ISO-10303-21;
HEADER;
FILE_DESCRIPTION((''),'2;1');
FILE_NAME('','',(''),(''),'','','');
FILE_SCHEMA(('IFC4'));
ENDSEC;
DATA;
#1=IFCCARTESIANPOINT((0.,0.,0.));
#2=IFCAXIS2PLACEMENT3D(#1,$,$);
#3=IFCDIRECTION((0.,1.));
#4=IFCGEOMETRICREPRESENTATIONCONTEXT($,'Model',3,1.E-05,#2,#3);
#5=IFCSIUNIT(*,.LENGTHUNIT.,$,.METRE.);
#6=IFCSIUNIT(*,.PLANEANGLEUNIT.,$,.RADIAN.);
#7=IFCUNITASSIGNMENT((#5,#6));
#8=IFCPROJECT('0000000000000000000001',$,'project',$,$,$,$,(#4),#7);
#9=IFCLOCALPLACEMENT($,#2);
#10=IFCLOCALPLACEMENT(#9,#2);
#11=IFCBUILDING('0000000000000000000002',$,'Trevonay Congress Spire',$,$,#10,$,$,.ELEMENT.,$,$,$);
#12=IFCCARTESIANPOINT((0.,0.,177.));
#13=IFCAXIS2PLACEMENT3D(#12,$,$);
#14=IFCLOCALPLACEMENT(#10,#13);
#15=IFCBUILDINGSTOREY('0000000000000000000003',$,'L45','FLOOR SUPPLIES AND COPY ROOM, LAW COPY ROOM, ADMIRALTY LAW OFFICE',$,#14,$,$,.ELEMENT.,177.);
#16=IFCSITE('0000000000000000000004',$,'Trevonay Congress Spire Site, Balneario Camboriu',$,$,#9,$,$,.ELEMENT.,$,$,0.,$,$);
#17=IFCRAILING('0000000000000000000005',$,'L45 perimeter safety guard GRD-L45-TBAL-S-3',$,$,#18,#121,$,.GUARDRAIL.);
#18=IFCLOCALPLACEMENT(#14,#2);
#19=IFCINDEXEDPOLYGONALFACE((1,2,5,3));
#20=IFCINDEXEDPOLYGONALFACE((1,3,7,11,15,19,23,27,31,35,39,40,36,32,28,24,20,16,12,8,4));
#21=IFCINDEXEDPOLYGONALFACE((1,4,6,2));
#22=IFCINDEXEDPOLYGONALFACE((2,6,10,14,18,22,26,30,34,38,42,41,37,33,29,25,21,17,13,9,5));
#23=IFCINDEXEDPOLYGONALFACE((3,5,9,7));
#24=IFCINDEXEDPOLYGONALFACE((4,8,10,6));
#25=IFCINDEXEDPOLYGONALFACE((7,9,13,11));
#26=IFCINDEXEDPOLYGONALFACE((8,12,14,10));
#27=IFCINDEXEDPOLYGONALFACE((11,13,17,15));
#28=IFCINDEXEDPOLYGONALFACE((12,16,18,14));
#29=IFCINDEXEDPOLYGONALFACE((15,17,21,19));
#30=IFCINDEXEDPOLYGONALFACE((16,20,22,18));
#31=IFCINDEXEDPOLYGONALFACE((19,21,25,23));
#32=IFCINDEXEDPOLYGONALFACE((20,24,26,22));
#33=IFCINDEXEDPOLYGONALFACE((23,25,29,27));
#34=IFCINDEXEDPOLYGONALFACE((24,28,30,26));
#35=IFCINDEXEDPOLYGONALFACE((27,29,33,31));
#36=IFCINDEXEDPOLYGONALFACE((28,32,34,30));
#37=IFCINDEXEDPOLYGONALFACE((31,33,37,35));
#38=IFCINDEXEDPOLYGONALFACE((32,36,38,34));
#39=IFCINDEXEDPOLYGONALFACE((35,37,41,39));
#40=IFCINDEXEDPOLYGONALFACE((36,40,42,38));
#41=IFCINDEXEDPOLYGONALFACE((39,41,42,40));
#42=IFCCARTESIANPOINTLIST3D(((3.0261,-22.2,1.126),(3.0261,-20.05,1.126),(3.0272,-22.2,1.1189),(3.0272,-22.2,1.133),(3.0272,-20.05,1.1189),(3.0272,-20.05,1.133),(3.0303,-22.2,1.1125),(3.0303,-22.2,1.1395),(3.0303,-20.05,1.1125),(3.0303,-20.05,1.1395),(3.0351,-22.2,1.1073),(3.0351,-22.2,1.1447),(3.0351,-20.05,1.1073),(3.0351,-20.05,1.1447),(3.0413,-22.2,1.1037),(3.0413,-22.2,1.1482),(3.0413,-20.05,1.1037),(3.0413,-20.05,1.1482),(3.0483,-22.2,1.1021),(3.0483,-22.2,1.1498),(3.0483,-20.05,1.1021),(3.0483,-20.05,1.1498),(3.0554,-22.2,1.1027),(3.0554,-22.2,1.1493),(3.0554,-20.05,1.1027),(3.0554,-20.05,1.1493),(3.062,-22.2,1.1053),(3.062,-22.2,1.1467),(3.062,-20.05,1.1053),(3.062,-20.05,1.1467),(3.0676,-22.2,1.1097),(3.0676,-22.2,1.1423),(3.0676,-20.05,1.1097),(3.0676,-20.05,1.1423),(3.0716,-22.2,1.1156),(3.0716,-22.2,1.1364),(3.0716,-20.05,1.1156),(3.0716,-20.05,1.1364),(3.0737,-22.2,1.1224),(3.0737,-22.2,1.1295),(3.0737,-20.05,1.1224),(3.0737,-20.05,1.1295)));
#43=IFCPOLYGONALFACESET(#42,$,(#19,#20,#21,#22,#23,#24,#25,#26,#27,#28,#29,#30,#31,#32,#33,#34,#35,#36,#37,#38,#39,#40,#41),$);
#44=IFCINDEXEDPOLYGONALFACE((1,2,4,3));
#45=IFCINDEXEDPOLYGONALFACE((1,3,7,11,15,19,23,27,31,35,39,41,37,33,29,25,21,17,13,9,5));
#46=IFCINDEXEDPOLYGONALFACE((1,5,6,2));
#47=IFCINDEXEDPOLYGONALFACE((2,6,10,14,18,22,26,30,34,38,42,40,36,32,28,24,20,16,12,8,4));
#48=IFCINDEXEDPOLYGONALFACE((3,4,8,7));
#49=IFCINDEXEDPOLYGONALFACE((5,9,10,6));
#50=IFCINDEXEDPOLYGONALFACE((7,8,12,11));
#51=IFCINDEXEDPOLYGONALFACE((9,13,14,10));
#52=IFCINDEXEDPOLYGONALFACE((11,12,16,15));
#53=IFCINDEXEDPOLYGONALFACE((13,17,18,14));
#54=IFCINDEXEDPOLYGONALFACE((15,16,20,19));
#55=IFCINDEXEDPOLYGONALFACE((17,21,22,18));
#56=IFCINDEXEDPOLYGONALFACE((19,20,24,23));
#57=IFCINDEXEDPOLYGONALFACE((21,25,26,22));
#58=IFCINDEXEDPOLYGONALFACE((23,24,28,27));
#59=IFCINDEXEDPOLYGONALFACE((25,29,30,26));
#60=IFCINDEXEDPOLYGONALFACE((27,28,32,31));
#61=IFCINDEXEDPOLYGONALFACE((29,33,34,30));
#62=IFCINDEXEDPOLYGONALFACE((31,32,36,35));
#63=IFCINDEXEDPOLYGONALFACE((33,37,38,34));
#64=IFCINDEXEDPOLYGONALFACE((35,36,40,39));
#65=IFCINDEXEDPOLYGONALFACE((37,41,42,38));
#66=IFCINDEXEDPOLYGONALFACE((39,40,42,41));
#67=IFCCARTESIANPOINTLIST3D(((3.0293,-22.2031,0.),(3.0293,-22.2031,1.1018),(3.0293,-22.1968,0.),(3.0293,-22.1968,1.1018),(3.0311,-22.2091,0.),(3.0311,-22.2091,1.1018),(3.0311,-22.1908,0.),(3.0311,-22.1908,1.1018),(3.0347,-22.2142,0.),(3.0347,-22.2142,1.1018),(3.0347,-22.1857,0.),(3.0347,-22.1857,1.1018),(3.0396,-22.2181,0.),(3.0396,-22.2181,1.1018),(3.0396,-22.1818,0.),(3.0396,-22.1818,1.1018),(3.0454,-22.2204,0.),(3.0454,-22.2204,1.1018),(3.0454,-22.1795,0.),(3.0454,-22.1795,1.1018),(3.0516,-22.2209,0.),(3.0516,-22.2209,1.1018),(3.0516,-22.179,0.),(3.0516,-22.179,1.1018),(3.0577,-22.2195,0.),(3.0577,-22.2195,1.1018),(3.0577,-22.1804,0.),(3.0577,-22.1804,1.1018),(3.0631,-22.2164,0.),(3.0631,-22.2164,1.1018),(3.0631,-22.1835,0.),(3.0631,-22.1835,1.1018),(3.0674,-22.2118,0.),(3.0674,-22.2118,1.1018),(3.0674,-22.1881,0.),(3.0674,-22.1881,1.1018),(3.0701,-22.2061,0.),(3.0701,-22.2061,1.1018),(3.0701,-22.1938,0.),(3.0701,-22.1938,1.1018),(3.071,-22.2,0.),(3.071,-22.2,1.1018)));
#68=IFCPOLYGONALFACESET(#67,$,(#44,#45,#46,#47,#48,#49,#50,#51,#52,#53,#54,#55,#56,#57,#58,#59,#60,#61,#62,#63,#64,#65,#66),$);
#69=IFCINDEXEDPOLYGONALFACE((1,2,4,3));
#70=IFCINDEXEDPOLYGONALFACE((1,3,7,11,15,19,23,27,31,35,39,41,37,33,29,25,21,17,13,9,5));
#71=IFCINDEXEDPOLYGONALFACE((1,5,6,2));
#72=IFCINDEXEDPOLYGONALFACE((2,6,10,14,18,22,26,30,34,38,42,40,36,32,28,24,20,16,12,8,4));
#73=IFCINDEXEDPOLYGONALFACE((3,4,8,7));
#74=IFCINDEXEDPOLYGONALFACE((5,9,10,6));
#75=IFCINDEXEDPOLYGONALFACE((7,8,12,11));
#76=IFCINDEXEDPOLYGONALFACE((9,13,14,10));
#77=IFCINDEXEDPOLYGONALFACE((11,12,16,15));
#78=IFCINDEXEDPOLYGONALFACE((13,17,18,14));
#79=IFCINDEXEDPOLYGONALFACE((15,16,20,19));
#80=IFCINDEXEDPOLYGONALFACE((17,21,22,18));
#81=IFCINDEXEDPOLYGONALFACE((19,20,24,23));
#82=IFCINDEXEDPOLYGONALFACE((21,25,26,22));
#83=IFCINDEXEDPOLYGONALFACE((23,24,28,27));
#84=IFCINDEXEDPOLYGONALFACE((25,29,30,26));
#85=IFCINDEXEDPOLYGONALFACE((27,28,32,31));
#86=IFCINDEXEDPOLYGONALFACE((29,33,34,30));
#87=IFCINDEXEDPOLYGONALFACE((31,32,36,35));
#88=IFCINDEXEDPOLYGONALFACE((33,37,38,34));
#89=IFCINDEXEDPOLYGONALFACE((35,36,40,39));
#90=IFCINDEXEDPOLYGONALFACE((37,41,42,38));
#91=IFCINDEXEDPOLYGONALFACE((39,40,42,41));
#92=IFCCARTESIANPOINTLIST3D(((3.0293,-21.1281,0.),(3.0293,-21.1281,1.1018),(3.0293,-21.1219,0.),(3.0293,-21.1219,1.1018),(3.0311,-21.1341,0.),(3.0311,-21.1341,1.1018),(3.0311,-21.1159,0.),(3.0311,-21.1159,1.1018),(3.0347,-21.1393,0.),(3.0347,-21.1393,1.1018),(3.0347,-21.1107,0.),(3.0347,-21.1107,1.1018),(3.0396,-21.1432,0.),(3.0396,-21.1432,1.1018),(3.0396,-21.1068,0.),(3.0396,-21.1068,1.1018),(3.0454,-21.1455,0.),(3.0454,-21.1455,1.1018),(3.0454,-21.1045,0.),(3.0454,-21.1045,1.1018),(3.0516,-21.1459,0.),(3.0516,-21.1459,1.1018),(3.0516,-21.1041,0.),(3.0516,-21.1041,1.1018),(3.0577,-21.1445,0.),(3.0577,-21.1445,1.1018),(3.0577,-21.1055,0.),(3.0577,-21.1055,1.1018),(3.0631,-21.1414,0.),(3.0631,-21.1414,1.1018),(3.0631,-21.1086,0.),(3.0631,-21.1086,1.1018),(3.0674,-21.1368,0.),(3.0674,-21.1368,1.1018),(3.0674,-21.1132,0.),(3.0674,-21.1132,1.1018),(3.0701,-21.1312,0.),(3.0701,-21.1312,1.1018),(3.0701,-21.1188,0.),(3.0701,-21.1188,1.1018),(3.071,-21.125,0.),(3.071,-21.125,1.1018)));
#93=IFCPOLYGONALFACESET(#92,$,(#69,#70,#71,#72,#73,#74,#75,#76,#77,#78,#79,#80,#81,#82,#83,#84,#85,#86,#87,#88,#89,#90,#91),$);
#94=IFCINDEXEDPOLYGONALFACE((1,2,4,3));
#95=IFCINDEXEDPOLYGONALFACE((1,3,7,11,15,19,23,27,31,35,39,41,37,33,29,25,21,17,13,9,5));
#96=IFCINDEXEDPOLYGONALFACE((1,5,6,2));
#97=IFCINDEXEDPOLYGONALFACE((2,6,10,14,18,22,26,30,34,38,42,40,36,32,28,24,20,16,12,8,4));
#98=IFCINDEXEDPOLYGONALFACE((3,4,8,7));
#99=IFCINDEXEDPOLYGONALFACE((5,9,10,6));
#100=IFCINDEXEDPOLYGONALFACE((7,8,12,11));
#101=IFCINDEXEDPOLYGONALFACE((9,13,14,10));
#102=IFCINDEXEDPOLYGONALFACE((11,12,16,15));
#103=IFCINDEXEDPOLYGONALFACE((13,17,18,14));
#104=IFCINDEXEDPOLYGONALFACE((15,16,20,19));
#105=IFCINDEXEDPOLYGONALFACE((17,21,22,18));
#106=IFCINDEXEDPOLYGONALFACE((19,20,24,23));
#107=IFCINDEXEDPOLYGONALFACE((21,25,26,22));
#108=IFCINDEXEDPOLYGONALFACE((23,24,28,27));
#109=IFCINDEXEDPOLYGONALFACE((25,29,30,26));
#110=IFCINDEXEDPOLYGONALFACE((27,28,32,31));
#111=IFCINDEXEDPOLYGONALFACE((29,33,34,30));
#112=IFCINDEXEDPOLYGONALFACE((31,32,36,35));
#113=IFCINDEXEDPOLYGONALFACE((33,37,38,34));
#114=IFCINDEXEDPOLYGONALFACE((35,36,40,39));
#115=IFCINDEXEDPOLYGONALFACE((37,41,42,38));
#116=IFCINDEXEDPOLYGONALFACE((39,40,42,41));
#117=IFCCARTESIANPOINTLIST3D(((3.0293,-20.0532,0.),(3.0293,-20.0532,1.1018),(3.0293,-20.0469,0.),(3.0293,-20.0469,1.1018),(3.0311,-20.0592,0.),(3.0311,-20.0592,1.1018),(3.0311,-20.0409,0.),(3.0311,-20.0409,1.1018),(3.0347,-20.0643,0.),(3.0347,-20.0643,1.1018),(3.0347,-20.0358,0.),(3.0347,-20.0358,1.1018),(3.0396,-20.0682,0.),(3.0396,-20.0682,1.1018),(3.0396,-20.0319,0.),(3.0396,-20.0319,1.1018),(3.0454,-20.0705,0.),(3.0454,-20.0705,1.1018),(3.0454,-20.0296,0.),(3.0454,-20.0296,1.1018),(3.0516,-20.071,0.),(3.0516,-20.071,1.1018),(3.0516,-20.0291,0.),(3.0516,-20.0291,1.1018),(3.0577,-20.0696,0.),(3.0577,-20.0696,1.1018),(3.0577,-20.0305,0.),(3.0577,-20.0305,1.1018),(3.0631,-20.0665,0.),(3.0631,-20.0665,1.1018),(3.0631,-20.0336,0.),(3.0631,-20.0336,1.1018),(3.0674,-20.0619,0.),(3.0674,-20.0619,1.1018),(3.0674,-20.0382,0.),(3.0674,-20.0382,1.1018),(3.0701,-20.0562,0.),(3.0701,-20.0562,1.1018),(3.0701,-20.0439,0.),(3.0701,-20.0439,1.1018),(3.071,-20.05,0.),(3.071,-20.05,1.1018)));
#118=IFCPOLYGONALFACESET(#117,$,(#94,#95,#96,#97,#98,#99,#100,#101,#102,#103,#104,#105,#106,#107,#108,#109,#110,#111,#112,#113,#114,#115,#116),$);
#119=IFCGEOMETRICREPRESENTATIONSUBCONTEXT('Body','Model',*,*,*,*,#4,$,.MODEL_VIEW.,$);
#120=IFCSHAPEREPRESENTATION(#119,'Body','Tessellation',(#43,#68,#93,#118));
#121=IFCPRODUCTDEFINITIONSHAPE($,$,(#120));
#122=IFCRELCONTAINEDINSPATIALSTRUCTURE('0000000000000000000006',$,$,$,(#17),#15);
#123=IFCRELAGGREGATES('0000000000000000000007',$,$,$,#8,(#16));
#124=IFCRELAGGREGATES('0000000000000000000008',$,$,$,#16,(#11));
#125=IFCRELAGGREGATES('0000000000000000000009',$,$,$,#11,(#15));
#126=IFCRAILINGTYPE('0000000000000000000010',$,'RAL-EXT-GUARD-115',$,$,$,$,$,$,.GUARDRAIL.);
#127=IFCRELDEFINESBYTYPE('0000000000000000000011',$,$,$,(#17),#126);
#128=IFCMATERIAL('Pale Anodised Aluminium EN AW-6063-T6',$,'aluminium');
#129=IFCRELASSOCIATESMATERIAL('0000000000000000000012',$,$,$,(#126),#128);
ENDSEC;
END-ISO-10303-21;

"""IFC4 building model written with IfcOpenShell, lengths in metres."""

from ifc_helpers import new_model, si_unit, direction, frame, origin, origin_2d, place, context, subcontext, project, spatial, circle, extrude, material, type_object, element, save


model = new_model("IFC4")

# Units and contexts
model_context = context("Model", 3, precision=1e-05, world=origin(), true_north=direction((0.0, 1.0)))
body_context = subcontext(model_context, "Body", "Model", "MODEL_VIEW")
ifc_project = project(units=[si_unit("LENGTHUNIT", "METRE"), si_unit("PLANEANGLEUNIT", "RADIAN")], contexts=[model_context])

# Site, building, storey
site_placement = place(None, origin())
site = spatial("IfcSite", under=ifc_project, at=site_placement, Name="Trevonay Congress Spire Site, Balneario Camboriu", CompositionType="ELEMENT", RefElevation=0.0)
building_placement = place(site_placement, origin())
building = spatial("IfcBuilding", under=site, at=building_placement, Name="Trevonay Congress Spire", CompositionType="ELEMENT")
storey_placement = place(building_placement, frame((0.0, 0.0, 177.0)))
storey = spatial("IfcBuildingStorey", under=building, at=storey_placement, Name="L45", Description="FLOOR SUPPLIES AND COPY ROOM, LAW COPY ROOM, ADMIRALTY LAW OFFICE", CompositionType="ELEMENT", Elevation=177.0)

# Shared definitions
ifc_material_1 = material(Name="Pale Anodised Aluminium EN AW-6063-T6", Category="aluminium")

# Railing
railing_type = type_object("IfcRailingType", Name="RAL-EXT-GUARD-115", PredefinedType="GUARDRAIL", material=ifc_material_1)
railing_placement = place(storey_placement, frame((3.05, -22.2, 0.0)))
element("IfcRailing", 1, at=railing_placement, inside=storey, type_object=railing_type, Name="L45 perimeter safety guard GRD-L45-TBAL-S-3", PredefinedType="GUARDRAIL", context=body_context, shape_type="SweptSolid", body=[
    extrude(circle(Radius=0.0239, at=origin_2d()), frame((0.0, 0.0, 1.126), z_axis=(0.0, 1.0, 0.0), x_axis=(-1.0, 0.0, 0.0)), (0.0, 0.0, 1.0), 2.1499),
    extrude(circle(Radius=0.021, at=origin_2d()), origin(), (0.0, 0.0, 1.0), 1.1018),
    extrude(circle(Radius=0.021, at=origin_2d()), frame((0.0, 1.075, 0.0)), (0.0, 0.0, 1.0), 1.1018),
    extrude(circle(Radius=0.021, at=origin_2d()), frame((0.0, 2.1499, 0.0)), (0.0, 0.0, 1.0), 1.1018),
])

save(model, "model.ifc")
